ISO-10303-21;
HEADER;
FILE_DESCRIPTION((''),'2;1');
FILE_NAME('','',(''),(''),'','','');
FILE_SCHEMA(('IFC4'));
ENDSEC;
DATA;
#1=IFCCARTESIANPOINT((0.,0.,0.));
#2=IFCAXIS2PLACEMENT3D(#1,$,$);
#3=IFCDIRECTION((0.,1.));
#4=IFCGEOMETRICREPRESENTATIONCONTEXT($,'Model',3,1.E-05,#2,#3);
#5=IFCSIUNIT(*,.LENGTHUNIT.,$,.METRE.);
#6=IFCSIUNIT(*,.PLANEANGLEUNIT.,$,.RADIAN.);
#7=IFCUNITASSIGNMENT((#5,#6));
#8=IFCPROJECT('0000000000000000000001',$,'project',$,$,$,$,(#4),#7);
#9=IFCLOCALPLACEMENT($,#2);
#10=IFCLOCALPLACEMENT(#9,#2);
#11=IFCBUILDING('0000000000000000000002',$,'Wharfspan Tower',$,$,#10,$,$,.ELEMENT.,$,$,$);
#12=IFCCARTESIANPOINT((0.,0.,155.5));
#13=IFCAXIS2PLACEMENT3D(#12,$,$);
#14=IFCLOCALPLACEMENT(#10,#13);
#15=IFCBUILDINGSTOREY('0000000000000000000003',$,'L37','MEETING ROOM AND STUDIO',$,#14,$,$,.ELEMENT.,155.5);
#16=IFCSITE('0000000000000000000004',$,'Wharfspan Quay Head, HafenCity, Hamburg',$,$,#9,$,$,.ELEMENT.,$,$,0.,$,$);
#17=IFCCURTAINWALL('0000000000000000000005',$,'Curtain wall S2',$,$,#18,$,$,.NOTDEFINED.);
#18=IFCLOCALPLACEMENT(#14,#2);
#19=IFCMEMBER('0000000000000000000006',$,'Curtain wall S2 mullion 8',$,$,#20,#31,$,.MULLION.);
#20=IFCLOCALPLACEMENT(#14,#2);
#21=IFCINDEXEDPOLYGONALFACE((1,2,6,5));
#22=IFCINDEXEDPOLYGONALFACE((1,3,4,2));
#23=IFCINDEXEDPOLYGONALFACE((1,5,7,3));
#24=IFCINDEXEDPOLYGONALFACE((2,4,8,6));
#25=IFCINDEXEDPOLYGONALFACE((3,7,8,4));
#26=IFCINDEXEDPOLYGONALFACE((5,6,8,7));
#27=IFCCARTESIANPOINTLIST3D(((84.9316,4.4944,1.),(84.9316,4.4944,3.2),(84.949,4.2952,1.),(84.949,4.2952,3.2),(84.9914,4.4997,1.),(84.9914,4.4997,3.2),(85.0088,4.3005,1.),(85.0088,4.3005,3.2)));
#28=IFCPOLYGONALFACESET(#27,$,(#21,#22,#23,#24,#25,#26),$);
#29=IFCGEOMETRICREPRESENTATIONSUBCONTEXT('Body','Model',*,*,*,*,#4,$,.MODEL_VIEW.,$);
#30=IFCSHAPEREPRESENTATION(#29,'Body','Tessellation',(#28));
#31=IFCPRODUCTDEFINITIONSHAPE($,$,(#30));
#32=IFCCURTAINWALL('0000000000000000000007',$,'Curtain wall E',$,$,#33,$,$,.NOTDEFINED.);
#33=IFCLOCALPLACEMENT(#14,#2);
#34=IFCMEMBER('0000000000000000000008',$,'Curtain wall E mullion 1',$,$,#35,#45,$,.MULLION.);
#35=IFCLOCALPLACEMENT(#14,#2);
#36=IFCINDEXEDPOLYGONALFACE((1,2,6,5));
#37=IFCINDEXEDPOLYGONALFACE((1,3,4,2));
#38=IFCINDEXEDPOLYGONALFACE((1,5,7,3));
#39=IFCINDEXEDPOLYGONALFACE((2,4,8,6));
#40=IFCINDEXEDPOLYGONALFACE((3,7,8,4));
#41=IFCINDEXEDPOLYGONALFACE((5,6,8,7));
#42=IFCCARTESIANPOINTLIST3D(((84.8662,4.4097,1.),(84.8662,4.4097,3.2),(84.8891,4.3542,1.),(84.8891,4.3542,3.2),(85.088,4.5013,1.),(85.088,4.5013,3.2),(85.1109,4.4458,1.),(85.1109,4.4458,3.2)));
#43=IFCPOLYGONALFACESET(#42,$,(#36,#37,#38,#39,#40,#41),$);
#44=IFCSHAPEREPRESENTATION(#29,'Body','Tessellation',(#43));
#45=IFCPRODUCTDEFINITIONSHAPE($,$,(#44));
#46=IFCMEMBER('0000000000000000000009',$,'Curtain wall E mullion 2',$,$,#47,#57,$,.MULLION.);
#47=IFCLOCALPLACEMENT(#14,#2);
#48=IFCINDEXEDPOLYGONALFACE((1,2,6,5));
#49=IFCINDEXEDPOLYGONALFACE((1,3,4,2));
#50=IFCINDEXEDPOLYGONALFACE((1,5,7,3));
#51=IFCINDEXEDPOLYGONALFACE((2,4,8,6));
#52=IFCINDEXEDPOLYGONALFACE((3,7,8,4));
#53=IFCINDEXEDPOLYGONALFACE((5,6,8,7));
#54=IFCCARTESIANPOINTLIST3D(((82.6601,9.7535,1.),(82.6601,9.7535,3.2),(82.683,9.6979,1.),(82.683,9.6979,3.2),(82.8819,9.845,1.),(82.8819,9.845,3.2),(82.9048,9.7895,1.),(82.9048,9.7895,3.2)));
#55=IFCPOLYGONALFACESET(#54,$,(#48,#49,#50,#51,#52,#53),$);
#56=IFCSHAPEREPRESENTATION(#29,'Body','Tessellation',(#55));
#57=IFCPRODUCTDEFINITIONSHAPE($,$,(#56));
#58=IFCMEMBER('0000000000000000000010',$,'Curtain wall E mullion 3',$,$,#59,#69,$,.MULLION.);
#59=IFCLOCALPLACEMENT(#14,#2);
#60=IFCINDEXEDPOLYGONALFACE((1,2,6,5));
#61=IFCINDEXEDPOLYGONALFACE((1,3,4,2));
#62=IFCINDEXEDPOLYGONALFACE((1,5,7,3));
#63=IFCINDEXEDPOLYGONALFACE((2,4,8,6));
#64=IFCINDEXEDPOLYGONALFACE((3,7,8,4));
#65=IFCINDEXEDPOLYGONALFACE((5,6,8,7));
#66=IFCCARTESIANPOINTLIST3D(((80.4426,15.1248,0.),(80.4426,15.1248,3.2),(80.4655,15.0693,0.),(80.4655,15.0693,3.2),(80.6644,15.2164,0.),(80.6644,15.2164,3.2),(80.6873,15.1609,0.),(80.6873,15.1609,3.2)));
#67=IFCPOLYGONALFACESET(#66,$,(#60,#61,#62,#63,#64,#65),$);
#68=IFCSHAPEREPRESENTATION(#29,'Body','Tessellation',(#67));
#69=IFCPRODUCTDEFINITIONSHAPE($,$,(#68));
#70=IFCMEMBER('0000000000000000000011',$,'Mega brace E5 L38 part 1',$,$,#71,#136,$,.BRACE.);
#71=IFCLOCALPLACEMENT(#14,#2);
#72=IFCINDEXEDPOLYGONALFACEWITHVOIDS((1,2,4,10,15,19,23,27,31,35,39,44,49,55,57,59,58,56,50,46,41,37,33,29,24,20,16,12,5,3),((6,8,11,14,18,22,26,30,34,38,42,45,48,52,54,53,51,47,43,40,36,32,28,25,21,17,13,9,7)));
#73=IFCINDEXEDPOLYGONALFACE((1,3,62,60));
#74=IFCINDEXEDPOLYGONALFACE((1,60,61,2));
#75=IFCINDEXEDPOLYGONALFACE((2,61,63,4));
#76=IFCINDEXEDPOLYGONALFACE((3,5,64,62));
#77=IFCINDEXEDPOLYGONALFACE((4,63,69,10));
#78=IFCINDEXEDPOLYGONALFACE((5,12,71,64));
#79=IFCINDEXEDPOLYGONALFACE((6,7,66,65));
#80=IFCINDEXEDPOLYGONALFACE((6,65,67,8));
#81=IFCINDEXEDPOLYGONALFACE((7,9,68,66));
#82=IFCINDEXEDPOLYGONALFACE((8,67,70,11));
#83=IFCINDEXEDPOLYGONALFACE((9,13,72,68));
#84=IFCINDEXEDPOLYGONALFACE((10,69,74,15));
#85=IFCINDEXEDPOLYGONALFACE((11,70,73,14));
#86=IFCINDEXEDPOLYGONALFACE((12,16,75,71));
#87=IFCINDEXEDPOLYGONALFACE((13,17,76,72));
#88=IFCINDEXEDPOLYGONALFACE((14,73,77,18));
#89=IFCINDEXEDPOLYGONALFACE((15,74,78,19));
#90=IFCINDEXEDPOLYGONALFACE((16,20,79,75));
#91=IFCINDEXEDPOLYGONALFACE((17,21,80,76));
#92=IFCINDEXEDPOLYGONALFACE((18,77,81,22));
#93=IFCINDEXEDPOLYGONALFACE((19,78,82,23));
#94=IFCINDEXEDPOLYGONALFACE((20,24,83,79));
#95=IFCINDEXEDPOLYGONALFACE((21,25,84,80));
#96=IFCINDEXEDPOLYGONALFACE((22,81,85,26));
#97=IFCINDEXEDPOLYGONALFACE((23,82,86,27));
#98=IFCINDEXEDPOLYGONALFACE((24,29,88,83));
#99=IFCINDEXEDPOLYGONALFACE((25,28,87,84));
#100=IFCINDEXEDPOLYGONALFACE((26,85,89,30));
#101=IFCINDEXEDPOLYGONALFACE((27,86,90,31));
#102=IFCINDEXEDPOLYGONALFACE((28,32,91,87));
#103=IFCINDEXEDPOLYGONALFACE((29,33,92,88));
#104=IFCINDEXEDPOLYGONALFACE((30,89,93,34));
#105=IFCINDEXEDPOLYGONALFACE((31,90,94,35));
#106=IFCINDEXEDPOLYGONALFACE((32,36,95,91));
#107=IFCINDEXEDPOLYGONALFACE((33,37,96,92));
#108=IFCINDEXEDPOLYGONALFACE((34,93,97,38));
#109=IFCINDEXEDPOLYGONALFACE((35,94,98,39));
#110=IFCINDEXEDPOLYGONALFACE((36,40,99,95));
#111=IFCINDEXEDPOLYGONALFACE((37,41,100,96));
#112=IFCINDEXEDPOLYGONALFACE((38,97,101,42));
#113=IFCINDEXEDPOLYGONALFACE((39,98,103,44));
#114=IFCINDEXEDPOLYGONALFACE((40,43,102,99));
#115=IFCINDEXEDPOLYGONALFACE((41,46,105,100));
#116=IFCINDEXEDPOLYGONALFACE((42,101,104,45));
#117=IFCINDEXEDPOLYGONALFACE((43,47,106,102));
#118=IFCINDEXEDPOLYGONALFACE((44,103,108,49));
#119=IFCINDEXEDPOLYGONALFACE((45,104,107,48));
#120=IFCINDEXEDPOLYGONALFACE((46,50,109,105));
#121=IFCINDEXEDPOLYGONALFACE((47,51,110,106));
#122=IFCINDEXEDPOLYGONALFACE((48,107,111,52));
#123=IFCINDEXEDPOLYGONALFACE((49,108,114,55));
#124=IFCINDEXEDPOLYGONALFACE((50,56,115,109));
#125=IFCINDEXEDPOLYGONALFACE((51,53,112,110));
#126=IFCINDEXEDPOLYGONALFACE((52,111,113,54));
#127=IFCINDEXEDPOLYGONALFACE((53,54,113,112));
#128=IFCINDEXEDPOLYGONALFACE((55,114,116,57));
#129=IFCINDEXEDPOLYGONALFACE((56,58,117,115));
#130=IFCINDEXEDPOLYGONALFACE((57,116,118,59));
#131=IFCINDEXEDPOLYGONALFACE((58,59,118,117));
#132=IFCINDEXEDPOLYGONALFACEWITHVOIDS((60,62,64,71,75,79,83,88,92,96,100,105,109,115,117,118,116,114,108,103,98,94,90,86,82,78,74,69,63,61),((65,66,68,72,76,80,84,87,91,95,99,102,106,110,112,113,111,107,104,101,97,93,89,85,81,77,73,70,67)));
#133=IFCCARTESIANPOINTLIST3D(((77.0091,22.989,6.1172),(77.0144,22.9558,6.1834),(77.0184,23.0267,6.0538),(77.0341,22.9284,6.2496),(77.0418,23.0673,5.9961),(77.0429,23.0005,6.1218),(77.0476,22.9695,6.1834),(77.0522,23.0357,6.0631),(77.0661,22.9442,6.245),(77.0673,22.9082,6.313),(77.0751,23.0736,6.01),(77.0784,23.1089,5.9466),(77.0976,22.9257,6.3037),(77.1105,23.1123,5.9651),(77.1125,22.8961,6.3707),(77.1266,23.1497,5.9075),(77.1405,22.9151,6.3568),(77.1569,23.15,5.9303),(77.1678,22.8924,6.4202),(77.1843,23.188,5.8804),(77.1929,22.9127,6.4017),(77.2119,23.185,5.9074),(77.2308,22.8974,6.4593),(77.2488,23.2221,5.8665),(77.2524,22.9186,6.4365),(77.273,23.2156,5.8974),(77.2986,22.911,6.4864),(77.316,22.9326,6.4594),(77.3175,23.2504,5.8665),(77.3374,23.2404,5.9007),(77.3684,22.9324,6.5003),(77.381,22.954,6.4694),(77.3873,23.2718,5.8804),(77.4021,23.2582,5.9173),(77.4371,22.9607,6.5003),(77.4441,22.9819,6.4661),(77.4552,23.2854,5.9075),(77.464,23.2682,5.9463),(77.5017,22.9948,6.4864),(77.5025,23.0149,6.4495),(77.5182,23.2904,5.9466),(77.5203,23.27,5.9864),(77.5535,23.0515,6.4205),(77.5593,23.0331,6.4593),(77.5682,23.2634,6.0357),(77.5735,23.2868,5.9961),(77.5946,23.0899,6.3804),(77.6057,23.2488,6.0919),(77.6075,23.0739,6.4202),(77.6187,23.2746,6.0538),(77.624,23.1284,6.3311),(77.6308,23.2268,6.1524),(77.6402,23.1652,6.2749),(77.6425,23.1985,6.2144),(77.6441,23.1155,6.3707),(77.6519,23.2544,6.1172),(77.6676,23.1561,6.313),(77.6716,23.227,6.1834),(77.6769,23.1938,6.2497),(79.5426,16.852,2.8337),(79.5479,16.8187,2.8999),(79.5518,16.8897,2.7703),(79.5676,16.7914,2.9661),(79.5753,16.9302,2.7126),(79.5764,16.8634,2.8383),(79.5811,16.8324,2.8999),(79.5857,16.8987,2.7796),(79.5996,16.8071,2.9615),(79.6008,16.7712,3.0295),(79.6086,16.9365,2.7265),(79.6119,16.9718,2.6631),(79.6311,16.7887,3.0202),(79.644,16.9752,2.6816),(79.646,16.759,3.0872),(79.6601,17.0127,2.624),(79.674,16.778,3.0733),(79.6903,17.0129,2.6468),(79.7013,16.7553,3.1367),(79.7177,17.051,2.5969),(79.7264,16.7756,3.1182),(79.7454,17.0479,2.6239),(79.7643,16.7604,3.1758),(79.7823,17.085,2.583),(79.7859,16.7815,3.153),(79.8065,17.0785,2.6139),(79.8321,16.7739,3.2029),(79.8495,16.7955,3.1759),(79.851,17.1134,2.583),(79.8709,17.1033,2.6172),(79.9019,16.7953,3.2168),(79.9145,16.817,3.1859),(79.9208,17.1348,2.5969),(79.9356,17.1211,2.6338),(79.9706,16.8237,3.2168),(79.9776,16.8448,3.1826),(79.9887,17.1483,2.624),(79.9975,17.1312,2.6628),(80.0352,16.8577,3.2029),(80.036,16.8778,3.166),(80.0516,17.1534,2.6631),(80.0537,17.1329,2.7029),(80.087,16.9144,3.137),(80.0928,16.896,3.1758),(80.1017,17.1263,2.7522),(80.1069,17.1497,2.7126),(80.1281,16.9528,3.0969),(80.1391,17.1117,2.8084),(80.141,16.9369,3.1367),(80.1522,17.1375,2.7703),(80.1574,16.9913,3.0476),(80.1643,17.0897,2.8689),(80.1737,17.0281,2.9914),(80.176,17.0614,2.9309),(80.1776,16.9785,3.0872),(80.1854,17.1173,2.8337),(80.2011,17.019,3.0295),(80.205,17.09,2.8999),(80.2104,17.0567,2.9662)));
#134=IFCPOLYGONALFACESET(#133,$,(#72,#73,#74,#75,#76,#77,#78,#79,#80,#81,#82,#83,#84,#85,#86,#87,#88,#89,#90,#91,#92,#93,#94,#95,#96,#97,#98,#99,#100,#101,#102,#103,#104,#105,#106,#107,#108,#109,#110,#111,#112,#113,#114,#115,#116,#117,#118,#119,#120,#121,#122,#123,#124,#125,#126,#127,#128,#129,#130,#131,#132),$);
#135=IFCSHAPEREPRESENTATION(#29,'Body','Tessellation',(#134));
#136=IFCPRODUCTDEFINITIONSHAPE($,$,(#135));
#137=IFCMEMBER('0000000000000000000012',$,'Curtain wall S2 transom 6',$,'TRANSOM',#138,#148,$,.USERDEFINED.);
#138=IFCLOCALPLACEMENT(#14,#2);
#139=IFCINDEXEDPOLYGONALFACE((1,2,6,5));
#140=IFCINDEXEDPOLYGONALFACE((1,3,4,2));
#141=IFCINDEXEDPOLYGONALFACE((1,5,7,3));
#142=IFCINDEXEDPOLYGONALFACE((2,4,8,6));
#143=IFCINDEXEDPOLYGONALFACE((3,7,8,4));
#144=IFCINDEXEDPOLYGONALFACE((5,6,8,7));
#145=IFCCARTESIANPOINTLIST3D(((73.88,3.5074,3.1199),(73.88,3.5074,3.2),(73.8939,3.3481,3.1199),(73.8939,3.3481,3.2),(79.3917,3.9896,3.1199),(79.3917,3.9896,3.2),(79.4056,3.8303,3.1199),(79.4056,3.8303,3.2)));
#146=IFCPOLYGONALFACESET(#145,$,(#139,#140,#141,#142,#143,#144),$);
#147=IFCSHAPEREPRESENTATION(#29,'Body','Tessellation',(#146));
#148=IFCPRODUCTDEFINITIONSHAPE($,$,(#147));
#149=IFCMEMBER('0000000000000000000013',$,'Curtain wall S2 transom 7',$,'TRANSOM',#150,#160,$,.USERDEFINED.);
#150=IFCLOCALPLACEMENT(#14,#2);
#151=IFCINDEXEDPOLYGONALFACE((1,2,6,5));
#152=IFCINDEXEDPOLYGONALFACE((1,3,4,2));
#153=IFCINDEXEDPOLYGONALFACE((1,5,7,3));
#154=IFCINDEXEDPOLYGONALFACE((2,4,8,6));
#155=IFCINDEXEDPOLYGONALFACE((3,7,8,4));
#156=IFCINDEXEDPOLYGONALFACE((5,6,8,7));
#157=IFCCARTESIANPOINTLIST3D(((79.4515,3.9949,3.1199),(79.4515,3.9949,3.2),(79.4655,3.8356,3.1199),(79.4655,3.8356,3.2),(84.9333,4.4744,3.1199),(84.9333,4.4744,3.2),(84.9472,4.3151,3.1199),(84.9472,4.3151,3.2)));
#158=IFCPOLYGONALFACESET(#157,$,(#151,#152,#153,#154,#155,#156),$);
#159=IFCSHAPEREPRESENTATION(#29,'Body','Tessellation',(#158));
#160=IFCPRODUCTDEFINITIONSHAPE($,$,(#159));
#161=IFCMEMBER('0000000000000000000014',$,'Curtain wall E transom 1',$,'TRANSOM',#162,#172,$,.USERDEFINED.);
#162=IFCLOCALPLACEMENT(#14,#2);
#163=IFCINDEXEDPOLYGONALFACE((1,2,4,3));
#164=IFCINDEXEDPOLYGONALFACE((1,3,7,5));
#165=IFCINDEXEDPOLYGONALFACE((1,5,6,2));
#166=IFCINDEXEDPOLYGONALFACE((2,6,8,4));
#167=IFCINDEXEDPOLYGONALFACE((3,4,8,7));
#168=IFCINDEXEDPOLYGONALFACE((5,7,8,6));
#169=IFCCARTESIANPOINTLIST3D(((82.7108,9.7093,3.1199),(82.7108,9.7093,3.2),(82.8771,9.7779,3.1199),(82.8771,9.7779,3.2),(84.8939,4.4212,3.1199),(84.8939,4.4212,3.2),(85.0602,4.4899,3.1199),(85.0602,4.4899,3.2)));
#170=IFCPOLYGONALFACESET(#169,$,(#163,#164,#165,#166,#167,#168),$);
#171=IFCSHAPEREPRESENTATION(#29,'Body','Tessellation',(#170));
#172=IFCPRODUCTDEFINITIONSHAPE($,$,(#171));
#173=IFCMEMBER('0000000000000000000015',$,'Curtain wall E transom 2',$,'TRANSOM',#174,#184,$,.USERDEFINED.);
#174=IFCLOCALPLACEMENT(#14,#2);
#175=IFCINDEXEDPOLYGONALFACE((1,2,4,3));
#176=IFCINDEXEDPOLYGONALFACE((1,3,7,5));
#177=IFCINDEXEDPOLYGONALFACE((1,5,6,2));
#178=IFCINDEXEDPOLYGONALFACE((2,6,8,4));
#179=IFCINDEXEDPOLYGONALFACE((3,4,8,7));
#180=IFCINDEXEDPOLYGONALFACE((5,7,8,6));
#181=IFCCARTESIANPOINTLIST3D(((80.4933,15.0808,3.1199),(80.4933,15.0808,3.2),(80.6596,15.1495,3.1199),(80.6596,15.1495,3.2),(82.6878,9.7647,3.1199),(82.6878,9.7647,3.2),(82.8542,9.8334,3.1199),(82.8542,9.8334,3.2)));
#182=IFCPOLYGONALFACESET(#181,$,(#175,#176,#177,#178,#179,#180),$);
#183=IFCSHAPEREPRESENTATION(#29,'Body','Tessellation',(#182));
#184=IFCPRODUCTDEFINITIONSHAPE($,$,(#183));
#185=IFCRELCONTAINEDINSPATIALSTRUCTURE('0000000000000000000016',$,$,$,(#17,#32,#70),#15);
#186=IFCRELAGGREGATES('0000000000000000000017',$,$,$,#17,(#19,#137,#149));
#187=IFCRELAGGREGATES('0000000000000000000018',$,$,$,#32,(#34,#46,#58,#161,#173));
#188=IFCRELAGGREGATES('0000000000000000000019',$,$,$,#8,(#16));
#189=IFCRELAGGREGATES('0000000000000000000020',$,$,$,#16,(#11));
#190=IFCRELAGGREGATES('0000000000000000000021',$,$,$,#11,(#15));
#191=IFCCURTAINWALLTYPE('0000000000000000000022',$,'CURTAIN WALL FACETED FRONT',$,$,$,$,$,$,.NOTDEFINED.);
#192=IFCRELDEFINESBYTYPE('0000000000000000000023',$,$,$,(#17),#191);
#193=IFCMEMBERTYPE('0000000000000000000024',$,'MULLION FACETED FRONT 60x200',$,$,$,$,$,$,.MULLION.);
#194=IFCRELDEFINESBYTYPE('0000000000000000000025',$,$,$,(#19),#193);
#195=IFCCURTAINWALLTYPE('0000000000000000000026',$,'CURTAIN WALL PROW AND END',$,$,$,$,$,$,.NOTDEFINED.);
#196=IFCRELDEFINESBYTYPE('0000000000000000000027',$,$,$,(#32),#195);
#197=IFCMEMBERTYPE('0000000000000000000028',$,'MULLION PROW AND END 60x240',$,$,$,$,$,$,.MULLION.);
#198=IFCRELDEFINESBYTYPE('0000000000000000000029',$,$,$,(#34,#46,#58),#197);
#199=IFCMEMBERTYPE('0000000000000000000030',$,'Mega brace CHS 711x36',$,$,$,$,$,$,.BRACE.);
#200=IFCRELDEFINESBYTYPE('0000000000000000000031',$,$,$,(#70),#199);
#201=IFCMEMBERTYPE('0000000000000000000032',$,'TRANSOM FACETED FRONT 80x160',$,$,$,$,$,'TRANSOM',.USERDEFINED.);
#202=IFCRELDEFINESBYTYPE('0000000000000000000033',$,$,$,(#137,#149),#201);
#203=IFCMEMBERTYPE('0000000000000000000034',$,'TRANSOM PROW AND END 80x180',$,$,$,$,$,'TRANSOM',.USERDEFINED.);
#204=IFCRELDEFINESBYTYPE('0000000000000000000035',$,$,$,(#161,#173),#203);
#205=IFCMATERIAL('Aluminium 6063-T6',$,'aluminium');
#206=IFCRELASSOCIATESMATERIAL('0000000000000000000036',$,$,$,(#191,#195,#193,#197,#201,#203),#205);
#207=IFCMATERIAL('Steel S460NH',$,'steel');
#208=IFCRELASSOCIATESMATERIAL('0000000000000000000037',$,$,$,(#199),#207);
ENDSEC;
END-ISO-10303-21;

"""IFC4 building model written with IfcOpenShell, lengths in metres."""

from ifc_helpers import new_model, si_unit, direction, frame, origin, origin_2d, place, context, subcontext, project, spatial, rectangle, hollow_circle, extrude, material, material_profile, profile_set, type_object, element, aggregate, save


model = new_model("IFC4")

# Units and contexts
model_context = context("Model", 3, precision=1e-05, world=origin(), true_north=direction((0.0, 1.0)))
body_context = subcontext(model_context, "Body", "Model", "MODEL_VIEW")
ifc_project = project(units=[si_unit("LENGTHUNIT", "METRE"), si_unit("PLANEANGLEUNIT", "RADIAN")], contexts=[model_context])

# Site, building, storey
site_placement = place(None, origin())
site = spatial("IfcSite", under=ifc_project, at=site_placement, Name="Wharfspan Quay Head, HafenCity, Hamburg", CompositionType="ELEMENT", RefElevation=0.0)
building_placement = place(site_placement, origin())
building = spatial("IfcBuilding", under=site, at=building_placement, Name="Wharfspan Tower", CompositionType="ELEMENT")
storey_placement = place(building_placement, frame((0.0, 0.0, 155.5)))
storey = spatial("IfcBuildingStorey", under=building, at=storey_placement, Name="L37", Description="MEETING ROOM AND STUDIO", CompositionType="ELEMENT", Elevation=155.5)

# Curtain walls, members
ifc_material_1 = material(Name="Aluminium 6063-T6", Category="aluminium")
curtain_wall_type_1 = type_object("IfcCurtainWallType", Name="CURTAIN WALL FACETED FRONT", PredefinedType="NOTDEFINED", material=ifc_material_1)
curtain_wall_1_placement = place(storey_placement, origin())
curtain_wall_1 = element("IfcCurtainWall", 1, at=curtain_wall_1_placement, inside=storey, type_object=curtain_wall_type_1, Name="Curtain wall S2", PredefinedType="NOTDEFINED")
ifc_material_profile_1 = material_profile(ifc_material_1, rectangle(XDim=0.2, YDim=0.0601, at=origin_2d()))
ifc_profile_set_1 = profile_set([ifc_material_profile_1], Name="Aluminium 6063-T6")
member_type_1 = type_object("IfcMemberType", Name="MULLION FACETED FRONT 60x200", PredefinedType="MULLION", material=ifc_profile_set_1)
member_1_placement = place(storey_placement, frame((84.9702, 4.3975, 1.0), z_axis=(0.0, 0.0, 1.0), x_axis=(-0.087156, 0.996198, 0.0)))
member_1 = element("IfcMember", 2, at=member_1_placement, type_object=member_type_1, Name="Curtain wall S2 mullion 8", PredefinedType="MULLION", context=body_context, shape_type="SweptSolid", body=[
    extrude(rectangle(XDim=0.2, YDim=0.0601, at=origin_2d()), origin(), (0.0, 0.0, 1.0), 2.2),
])
curtain_wall_type_2 = type_object("IfcCurtainWallType", Name="CURTAIN WALL PROW AND END", PredefinedType="NOTDEFINED", material=ifc_material_1)
curtain_wall_2_placement = place(storey_placement, origin())
curtain_wall_2 = element("IfcCurtainWall", 3, at=curtain_wall_2_placement, inside=storey, type_object=curtain_wall_type_2, Name="Curtain wall E", PredefinedType="NOTDEFINED")
ifc_material_profile_2 = material_profile(ifc_material_1, rectangle(XDim=0.24, YDim=0.0601, at=origin_2d()))
ifc_profile_set_2 = profile_set([ifc_material_profile_2], Name="Aluminium 6063-T6")
member_type_2 = type_object("IfcMemberType", Name="MULLION PROW AND END 60x240", PredefinedType="MULLION", material=ifc_profile_set_2)
member_2_placement = place(storey_placement, frame((84.9885, 4.4277, 1.0), z_axis=(0.0, 0.0, 1.0), x_axis=(-0.924325, -0.381602, 0.0)))
member_2 = element("IfcMember", 4, at=member_2_placement, type_object=member_type_2, Name="Curtain wall E mullion 1", PredefinedType="MULLION", context=body_context, shape_type="SweptSolid", body=[
    extrude(rectangle(XDim=0.24, YDim=0.0601, at=origin_2d()), origin(), (0.0, 0.0, 1.0), 2.2),
])
member_3_placement = place(storey_placement, frame((82.7825, 9.7715, 1.0), z_axis=(0.0, 0.0, 1.0), x_axis=(-0.924325, -0.381602, 0.0)))
member_3 = element("IfcMember", 5, at=member_3_placement, type_object=member_type_2, Name="Curtain wall E mullion 2", PredefinedType="MULLION", context=body_context, shape_type="SweptSolid", body=[
    extrude(rectangle(XDim=0.24, YDim=0.0601, at=origin_2d()), origin(), (0.0, 0.0, 1.0), 2.2),
])
member_4_placement = place(storey_placement, frame((80.5649, 15.1428, 0.0), z_axis=(0.0, 0.0, 1.0), x_axis=(-0.924325, -0.381602, 0.0)))
member_4 = element("IfcMember", 6, at=member_4_placement, type_object=member_type_2, Name="Curtain wall E mullion 3", PredefinedType="MULLION", context=body_context, shape_type="SweptSolid", body=[
    extrude(rectangle(XDim=0.24, YDim=0.0601, at=origin_2d()), origin(), (0.0, 0.0, 1.0), 3.2),
])

# Members
ifc_material_2 = material(Name="Steel S460NH", Category="steel")
ifc_material_profile_3 = material_profile(ifc_material_2, hollow_circle(Radius=0.3555, WallThickness=0.0359, at=origin_2d()))
ifc_profile_set_3 = profile_set([ifc_material_profile_3], Name="Steel S460NH")
member_type_3 = type_object("IfcMemberType", Name="Mega brace CHS 711x36", PredefinedType="BRACE", material=ifc_profile_set_3)
member_5_placement = place(storey_placement, frame((79.8765, 16.9543, 2.8999), z_axis=(-0.34204, 0.82855, 0.443298), x_axis=(-0.924336, -0.38158, -0.000004)))
element("IfcMember", 7, at=member_5_placement, inside=storey, type_object=member_type_3, Name="Mega brace E5 L38 part 1", PredefinedType="BRACE", context=body_context, shape_type="SweptSolid", body=[
    extrude(hollow_circle(Radius=0.3555, WallThickness=0.0359, at=origin_2d()), origin(), (0.0, 0.0, 1.0), 7.407),
])
ifc_material_profile_4 = material_profile(ifc_material_1, rectangle(XDim=0.1599, YDim=0.0801, at=origin_2d()))
ifc_profile_set_4 = profile_set([ifc_material_profile_4], Name="Aluminium 6063-T6")
member_type_4 = type_object("IfcMemberType", Name="TRANSOM FACETED FRONT 80x160", ElementType="TRANSOM", PredefinedType="USERDEFINED", material=ifc_profile_set_4)
member_6_placement = place(storey_placement, frame((73.887, 3.4277, 3.1599), z_axis=(0.996195, 0.087149, 0.0), x_axis=(-0.087149, 0.996195, 0.0)))
member_6 = element("IfcMember", 8, at=member_6_placement, type_object=member_type_4, Name="Curtain wall S2 transom 6", ObjectType="TRANSOM", PredefinedType="USERDEFINED", context=body_context, shape_type="SweptSolid", body=[
    extrude(rectangle(XDim=0.1599, YDim=0.0801, at=origin_2d()), origin(), (0.0, 0.0, 1.0), 5.5327),
])
member_7_placement = place(storey_placement, frame((79.4585, 3.9153, 3.1599), z_axis=(0.996196, 0.087139, 0.0), x_axis=(-0.087139, 0.996196, 0.0)))
member_7 = element("IfcMember", 9, at=member_7_placement, type_object=member_type_4, Name="Curtain wall S2 transom 7", ObjectType="TRANSOM", PredefinedType="USERDEFINED", context=body_context, shape_type="SweptSolid", body=[
    extrude(rectangle(XDim=0.1599, YDim=0.0801, at=origin_2d()), origin(), (0.0, 0.0, 1.0), 5.5027),
])
ifc_material_profile_5 = material_profile(ifc_material_1, rectangle(XDim=0.1799, YDim=0.0801, at=origin_2d()))
ifc_profile_set_5 = profile_set([ifc_material_profile_5], Name="Aluminium 6063-T6")
member_type_5 = type_object("IfcMemberType", Name="TRANSOM PROW AND END 80x180", ElementType="TRANSOM", PredefinedType="USERDEFINED", material=ifc_profile_set_5)
member_8_placement = place(storey_placement, frame((84.9771, 4.4556, 3.1599), z_axis=(-0.381595, 0.924329, 0.0), x_axis=(-0.924329, -0.381595, 0.0)))
member_8 = element("IfcMember", 10, at=member_8_placement, type_object=member_type_5, Name="Curtain wall E transom 1", ObjectType="TRANSOM", PredefinedType="USERDEFINED", context=body_context, shape_type="SweptSolid", body=[
    extrude(rectangle(XDim=0.1799, YDim=0.0801, at=origin_2d()), origin(), (0.0, 0.0, 1.0), 5.7209),
])
member_9_placement = place(storey_placement, frame((82.771, 9.7991, 3.1599), z_axis=(-0.381578, 0.924337, 0.0), x_axis=(-0.924337, -0.381578, 0.0)))
member_9 = element("IfcMember", 11, at=member_9_placement, type_object=member_type_5, Name="Curtain wall E transom 2", ObjectType="TRANSOM", PredefinedType="USERDEFINED", context=body_context, shape_type="SweptSolid", body=[
    extrude(rectangle(XDim=0.1799, YDim=0.0801, at=origin_2d()), origin(), (0.0, 0.0, 1.0), 5.7512),
])

aggregate(curtain_wall_1, [member_1, member_6, member_7])
aggregate(curtain_wall_2, [member_2, member_3, member_4, member_8, member_9])

save(model, "model.ifc")
